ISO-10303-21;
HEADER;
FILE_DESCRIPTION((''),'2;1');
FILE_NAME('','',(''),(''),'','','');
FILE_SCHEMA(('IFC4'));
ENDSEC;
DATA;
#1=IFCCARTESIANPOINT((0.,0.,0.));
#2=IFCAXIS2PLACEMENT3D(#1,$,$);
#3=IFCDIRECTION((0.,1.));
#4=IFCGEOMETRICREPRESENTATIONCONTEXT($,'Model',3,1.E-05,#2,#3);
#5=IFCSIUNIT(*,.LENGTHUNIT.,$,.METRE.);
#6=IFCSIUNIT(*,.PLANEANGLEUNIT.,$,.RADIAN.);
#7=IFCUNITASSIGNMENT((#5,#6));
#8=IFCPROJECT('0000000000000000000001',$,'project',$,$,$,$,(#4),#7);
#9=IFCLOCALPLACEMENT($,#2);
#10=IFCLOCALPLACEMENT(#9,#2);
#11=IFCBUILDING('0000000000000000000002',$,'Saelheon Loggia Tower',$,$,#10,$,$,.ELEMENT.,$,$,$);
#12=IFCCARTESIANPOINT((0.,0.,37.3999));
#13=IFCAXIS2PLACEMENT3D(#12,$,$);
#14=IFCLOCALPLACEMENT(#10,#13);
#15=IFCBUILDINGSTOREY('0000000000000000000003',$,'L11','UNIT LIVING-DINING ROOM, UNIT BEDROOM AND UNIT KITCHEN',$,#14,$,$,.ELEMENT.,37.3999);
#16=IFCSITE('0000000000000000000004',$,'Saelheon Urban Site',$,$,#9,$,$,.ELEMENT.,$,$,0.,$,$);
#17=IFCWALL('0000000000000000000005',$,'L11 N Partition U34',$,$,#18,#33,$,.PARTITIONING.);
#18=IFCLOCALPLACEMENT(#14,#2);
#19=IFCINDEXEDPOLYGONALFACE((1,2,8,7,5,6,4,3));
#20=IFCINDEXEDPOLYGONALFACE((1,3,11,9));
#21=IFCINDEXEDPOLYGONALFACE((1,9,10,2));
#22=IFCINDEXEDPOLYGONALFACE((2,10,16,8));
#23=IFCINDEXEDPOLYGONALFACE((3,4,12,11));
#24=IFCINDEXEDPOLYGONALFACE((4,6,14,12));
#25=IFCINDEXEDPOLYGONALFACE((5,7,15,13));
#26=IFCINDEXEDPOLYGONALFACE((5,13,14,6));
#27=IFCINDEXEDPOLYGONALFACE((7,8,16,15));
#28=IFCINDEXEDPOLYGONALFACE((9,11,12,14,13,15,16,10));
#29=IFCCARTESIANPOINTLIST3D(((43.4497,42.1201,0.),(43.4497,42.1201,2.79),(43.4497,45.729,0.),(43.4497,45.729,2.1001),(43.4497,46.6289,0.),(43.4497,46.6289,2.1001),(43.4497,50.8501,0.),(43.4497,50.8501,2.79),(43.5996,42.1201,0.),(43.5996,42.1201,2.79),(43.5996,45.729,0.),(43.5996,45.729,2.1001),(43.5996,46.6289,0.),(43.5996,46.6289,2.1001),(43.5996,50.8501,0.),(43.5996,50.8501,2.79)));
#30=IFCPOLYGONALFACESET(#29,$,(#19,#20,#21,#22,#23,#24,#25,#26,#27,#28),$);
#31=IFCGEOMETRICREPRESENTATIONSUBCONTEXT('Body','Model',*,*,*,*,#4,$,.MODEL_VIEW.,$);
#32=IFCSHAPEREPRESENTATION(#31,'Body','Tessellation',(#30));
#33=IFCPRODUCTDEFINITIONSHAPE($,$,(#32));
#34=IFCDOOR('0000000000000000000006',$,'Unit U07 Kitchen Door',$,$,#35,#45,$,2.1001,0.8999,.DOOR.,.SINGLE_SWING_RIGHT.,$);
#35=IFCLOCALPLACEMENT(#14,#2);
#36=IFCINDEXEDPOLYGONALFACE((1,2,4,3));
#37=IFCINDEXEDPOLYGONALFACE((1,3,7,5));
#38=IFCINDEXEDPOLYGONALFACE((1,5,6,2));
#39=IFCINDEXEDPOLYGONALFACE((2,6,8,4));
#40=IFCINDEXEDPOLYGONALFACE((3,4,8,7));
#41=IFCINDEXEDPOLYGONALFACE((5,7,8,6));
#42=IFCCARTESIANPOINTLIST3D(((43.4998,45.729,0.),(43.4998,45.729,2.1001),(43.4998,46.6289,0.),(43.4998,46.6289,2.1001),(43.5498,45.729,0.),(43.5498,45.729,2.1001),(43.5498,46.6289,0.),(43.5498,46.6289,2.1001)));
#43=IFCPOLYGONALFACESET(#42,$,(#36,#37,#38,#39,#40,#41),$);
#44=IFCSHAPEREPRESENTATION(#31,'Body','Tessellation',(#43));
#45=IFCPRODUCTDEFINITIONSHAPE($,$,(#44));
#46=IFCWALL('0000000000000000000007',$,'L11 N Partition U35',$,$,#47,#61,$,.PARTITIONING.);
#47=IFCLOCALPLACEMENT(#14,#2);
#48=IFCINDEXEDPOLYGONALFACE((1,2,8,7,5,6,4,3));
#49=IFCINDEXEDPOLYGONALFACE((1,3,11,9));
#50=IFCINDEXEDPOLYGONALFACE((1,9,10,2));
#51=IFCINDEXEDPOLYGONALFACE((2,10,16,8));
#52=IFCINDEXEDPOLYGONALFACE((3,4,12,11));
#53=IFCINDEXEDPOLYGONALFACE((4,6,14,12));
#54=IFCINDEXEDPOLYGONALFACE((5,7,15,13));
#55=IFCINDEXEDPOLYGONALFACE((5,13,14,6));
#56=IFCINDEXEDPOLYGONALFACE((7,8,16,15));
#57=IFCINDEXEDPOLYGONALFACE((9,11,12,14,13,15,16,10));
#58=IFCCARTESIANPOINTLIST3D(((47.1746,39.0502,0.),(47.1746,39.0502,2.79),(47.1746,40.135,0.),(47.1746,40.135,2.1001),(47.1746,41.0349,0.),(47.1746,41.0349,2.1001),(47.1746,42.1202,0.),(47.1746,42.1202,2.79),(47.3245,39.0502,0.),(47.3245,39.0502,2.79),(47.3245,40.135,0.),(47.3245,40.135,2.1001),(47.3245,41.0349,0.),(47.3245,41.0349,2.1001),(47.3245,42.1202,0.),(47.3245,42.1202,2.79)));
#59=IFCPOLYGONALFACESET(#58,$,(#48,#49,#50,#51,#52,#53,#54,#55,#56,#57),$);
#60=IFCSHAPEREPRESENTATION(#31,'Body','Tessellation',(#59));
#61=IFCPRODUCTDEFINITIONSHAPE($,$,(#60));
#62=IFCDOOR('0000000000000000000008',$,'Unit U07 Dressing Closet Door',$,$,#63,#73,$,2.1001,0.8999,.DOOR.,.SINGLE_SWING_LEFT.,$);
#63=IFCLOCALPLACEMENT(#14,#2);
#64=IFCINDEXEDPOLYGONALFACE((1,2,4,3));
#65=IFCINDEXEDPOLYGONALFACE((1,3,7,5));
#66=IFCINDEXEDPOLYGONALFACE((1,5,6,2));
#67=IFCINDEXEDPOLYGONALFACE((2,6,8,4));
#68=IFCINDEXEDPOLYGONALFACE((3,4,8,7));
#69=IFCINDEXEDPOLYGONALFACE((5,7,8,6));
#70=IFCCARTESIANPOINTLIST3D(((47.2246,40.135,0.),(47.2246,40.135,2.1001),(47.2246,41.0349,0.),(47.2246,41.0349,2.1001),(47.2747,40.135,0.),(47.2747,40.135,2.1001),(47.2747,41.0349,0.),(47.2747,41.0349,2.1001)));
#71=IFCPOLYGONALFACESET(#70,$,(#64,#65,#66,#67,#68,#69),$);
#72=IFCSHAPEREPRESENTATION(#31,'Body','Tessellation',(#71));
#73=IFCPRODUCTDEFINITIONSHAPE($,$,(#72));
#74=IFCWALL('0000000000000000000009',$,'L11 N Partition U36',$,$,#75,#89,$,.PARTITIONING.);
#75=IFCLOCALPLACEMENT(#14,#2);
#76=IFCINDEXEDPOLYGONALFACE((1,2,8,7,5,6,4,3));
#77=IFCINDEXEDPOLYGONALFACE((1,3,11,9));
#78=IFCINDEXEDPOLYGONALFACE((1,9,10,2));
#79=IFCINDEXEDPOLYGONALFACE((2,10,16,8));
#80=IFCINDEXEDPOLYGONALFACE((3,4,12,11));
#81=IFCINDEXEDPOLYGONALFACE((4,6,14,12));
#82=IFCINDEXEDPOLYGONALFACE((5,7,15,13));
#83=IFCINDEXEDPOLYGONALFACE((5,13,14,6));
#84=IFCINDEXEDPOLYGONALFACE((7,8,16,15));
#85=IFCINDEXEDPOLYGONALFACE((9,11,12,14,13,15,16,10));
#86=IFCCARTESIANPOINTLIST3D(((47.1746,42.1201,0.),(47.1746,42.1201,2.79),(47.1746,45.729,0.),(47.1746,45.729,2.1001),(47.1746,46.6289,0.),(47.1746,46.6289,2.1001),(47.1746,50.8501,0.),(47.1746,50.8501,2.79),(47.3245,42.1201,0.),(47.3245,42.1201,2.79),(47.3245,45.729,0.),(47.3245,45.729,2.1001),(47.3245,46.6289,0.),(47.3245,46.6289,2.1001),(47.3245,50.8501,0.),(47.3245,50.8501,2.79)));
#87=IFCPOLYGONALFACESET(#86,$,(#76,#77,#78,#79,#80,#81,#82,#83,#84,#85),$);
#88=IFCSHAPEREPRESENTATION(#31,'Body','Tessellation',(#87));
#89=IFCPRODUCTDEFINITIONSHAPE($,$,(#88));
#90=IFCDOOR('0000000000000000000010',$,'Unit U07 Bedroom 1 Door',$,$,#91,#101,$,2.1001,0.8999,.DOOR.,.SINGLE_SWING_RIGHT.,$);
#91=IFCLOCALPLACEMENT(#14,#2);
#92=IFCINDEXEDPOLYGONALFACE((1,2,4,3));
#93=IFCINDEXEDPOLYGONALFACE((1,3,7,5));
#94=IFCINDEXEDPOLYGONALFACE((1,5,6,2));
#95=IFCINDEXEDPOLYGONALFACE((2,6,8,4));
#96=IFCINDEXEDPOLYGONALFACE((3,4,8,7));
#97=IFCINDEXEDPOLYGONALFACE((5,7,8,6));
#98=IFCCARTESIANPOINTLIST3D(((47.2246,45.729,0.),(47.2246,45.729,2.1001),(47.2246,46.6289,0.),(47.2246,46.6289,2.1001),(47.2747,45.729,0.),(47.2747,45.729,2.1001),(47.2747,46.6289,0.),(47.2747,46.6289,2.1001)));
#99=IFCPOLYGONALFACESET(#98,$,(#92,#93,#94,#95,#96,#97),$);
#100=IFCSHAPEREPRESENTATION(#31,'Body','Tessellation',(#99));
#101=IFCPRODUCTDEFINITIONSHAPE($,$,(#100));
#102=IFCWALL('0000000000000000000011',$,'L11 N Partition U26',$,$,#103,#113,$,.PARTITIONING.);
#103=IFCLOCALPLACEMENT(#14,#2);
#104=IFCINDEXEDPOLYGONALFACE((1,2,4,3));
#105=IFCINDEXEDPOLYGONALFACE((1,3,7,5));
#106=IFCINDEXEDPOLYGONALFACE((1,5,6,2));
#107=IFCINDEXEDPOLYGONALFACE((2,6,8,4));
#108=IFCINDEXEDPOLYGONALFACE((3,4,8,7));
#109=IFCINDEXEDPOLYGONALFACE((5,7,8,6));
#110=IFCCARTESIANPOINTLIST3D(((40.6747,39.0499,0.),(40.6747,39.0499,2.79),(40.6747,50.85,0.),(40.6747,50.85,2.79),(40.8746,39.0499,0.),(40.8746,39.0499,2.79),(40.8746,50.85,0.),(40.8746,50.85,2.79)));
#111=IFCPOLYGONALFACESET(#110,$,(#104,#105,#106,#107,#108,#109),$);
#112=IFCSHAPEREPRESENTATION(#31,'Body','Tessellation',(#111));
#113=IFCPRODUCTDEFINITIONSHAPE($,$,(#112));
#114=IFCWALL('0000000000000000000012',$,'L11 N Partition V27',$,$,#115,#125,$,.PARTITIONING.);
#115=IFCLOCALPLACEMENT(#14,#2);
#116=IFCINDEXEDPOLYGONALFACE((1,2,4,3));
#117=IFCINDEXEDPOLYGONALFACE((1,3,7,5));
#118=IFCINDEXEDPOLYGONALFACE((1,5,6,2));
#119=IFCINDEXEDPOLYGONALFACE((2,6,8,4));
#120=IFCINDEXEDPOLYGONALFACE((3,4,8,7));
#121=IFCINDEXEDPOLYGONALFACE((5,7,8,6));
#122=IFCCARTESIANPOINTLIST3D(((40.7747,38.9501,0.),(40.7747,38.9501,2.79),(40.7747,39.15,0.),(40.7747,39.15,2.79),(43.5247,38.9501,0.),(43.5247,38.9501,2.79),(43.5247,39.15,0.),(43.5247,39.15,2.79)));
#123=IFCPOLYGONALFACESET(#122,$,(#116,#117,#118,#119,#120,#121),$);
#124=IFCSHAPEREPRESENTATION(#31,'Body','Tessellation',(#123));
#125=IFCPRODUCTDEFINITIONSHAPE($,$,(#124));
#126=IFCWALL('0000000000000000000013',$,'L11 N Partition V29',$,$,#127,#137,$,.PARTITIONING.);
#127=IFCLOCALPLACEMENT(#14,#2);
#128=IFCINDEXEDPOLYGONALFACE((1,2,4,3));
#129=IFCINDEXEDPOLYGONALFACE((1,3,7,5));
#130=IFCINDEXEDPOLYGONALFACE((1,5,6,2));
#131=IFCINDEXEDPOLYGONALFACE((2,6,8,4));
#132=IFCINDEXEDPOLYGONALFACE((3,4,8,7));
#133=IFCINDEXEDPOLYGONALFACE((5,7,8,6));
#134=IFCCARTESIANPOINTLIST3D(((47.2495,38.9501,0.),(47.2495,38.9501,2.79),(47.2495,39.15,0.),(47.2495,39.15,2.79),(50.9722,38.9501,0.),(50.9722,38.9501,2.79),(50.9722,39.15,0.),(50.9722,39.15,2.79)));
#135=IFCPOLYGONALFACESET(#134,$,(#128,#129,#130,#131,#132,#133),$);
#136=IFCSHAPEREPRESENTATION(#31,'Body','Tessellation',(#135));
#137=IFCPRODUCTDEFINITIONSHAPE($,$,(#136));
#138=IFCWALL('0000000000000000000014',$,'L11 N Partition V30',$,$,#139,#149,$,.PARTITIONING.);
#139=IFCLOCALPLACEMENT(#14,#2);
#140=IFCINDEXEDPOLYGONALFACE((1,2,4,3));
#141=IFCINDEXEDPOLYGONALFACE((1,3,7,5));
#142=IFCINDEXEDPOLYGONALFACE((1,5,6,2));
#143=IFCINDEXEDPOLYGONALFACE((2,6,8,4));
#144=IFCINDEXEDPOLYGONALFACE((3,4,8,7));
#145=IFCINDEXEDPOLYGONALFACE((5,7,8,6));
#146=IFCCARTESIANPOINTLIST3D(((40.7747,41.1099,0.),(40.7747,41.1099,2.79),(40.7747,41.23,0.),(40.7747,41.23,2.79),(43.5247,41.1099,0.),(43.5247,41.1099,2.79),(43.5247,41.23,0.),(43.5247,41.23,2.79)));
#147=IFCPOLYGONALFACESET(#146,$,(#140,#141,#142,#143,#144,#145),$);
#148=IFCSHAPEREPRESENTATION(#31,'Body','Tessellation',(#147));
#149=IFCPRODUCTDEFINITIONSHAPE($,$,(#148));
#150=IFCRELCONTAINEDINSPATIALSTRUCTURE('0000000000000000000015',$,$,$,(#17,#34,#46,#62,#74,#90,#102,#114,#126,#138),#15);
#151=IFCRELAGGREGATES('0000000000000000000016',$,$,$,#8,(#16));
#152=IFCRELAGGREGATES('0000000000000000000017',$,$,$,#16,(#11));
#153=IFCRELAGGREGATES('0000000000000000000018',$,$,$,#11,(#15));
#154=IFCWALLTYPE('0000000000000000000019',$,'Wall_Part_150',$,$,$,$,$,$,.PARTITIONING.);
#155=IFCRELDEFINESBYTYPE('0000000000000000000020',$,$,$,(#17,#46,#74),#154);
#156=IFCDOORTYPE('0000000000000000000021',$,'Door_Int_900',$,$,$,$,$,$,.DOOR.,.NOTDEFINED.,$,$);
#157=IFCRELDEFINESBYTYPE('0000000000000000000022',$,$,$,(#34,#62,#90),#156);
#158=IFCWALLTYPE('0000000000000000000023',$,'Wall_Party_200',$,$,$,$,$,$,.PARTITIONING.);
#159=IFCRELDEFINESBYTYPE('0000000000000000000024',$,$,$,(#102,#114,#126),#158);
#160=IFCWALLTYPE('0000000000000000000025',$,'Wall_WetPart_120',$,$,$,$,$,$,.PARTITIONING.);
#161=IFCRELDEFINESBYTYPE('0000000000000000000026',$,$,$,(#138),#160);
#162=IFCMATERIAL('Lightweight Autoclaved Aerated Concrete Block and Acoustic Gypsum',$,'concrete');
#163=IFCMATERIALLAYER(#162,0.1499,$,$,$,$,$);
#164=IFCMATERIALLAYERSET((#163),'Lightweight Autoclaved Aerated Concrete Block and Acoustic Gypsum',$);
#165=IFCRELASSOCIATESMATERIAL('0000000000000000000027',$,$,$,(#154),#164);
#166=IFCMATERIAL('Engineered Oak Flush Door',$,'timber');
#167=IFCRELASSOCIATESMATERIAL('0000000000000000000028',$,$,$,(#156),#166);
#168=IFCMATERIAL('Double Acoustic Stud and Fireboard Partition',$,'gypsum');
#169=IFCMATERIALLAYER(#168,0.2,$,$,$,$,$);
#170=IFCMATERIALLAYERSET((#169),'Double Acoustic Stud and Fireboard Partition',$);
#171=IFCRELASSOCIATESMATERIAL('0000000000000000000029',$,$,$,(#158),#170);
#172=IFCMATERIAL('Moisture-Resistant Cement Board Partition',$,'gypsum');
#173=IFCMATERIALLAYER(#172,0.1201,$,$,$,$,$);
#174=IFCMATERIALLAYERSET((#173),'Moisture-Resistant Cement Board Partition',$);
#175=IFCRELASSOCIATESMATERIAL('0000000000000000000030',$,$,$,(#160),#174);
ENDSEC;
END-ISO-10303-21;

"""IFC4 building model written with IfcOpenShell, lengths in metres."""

from ifc_helpers import new_model, si_unit, direction, frame, frame_2d, origin, place, context, subcontext, project, spatial, rectangle, extrude, source, transform, mapped, material, layer, layer_set, type_object, element, fill, save


model = new_model("IFC4")

# Units and contexts
model_context = context("Model", 3, precision=1e-05, world=origin(), true_north=direction((0.0, 1.0)))
body_context = subcontext(model_context, "Body", "Model", "MODEL_VIEW")
ifc_project = project(units=[si_unit("LENGTHUNIT", "METRE"), si_unit("PLANEANGLEUNIT", "RADIAN")], contexts=[model_context])

# Site, building, storey
site_placement = place(None, origin())
site = spatial("IfcSite", under=ifc_project, at=site_placement, Name="Saelheon Urban Site", CompositionType="ELEMENT", RefElevation=0.0)
building_placement = place(site_placement, origin())
building = spatial("IfcBuilding", under=site, at=building_placement, Name="Saelheon Loggia Tower", CompositionType="ELEMENT")
storey_placement = place(building_placement, frame((0.0, 0.0, 37.3999)))
storey = spatial("IfcBuildingStorey", under=building, at=storey_placement, Name="L11", Description="UNIT LIVING-DINING ROOM, UNIT BEDROOM AND UNIT KITCHEN", CompositionType="ELEMENT", Elevation=37.3999)

# Shared definitions
ifc_material_1 = material(Name="Lightweight Autoclaved Aerated Concrete Block and Acoustic Gypsum", Category="concrete")
ifc_layer_1 = layer(ifc_material_1, 0.1499)
ifc_layer_set_1 = layer_set([ifc_layer_1], Name="Lightweight Autoclaved Aerated Concrete Block and Acoustic Gypsum")
wall_type_1 = type_object("IfcWallType", Name="Wall_Part_150", PredefinedType="PARTITIONING", material=ifc_layer_set_1)

# Shared definitions
ifc_material_2 = material(Name="Engineered Oak Flush Door", Category="timber")
door_type_1 = type_object("IfcDoorType", Name="Door_Int_900", OperationType="NOTDEFINED", PredefinedType="DOOR", material=ifc_material_2)
shared_shape_1 = source(origin(), body_context, "Body", "SweptSolid", [
    extrude(rectangle(XDim=0.8999, YDim=2.1001, at=frame_2d((0.45, 1.05))), frame((0.0, 0.0249, 0.0), z_axis=(0.0, -1.0, 0.0), x_axis=(1.0, 0.0, 0.0)), (0.0, 0.0, 1.0), 0.05),
])

# Walls, openings, doors
wall_1_placement = place(storey_placement, frame((43.5247, 42.1201, 0.0), z_axis=(0.0, 0.0, 1.0), x_axis=(0.0, 1.0, 0.0)))
wall_1 = element("IfcWall", 1, at=wall_1_placement, inside=storey, type_object=wall_type_1, Name="L11 N Partition U34", PredefinedType="PARTITIONING", context=body_context, shape_type="SweptSolid", body=[
    extrude(rectangle(XDim=8.73, YDim=0.1499, at=frame_2d((4.365, 0.0))), origin(), (0.0, 0.0, 1.0), 2.79),
])
opening_1_placement = place(wall_1_placement, frame((3.6089, 0.0, 0.0)))
opening_1 = element("IfcOpeningElement", 2, at=opening_1_placement, cuts=wall_1, PredefinedType="OPENING", context=body_context, shape_type="SweptSolid", body=[
    extrude(rectangle(XDim=0.8999, YDim=2.1001, at=frame_2d((0.45, 1.05))), frame((0.0, 0.0869, 0.0), z_axis=(0.0, -1.0, 0.0), x_axis=(1.0, 0.0, 0.0)), (0.0, 0.0, 1.0), 0.1738),
])
door_1_placement = place(opening_1_placement, origin())
door_1 = element("IfcDoor", 3, at=door_1_placement, inside=storey, type_object=door_type_1, Name="Unit U07 Kitchen Door", OperationType="SINGLE_SWING_RIGHT", OverallHeight=2.1001, OverallWidth=0.8999, PredefinedType="DOOR", context=body_context, shape_type="MappedRepresentation", body=[
    mapped(shared_shape_1, transform((0.0, 0.0, 0.0), scale=1.0)),
])
fill(opening_1, door_1)
wall_2_placement = place(storey_placement, frame((47.2495, 39.05, 0.0), z_axis=(0.0, 0.0, 1.0), x_axis=(0.0, 1.0, 0.0)))
wall_2 = element("IfcWall", 4, at=wall_2_placement, inside=storey, type_object=wall_type_1, Name="L11 N Partition U35", PredefinedType="PARTITIONING", context=body_context, shape_type="SweptSolid", body=[
    extrude(rectangle(XDim=3.0701, YDim=0.1499, at=frame_2d((1.5352, 0.0))), origin(), (0.0, 0.0, 1.0), 2.79),
])
opening_2_placement = place(wall_2_placement, frame((1.085, 0.0, 0.0)))
opening_2 = element("IfcOpeningElement", 5, at=opening_2_placement, cuts=wall_2, PredefinedType="OPENING", context=body_context, shape_type="SweptSolid", body=[
    extrude(rectangle(XDim=0.8999, YDim=2.1001, at=frame_2d((0.45, 1.05))), frame((0.0, 0.0869, 0.0), z_axis=(0.0, -1.0, 0.0), x_axis=(1.0, 0.0, 0.0)), (0.0, 0.0, 1.0), 0.1738),
])
door_2_placement = place(opening_2_placement, origin())
door_2 = element("IfcDoor", 6, at=door_2_placement, inside=storey, type_object=door_type_1, Name="Unit U07 Dressing Closet Door", OperationType="SINGLE_SWING_LEFT", OverallHeight=2.1001, OverallWidth=0.8999, PredefinedType="DOOR", context=body_context, shape_type="MappedRepresentation", body=[
    mapped(shared_shape_1, transform((0.0, 0.0, 0.0), scale=1.0)),
])
fill(opening_2, door_2)
wall_3_placement = place(storey_placement, frame((47.2495, 42.1201, 0.0), z_axis=(0.0, 0.0, 1.0), x_axis=(0.0, 1.0, 0.0)))
wall_3 = element("IfcWall", 7, at=wall_3_placement, inside=storey, type_object=wall_type_1, Name="L11 N Partition U36", PredefinedType="PARTITIONING", context=body_context, shape_type="SweptSolid", body=[
    extrude(rectangle(XDim=8.73, YDim=0.1499, at=frame_2d((4.365, 0.0))), origin(), (0.0, 0.0, 1.0), 2.79),
])
opening_3_placement = place(wall_3_placement, frame((3.6089, 0.0, 0.0)))
opening_3 = element("IfcOpeningElement", 8, at=opening_3_placement, cuts=wall_3, PredefinedType="OPENING", context=body_context, shape_type="SweptSolid", body=[
    extrude(rectangle(XDim=0.8999, YDim=2.1001, at=frame_2d((0.45, 1.05))), frame((0.0, 0.0869, 0.0), z_axis=(0.0, -1.0, 0.0), x_axis=(1.0, 0.0, 0.0)), (0.0, 0.0, 1.0), 0.1738),
])
door_3_placement = place(opening_3_placement, origin())
door_3 = element("IfcDoor", 9, at=door_3_placement, inside=storey, type_object=door_type_1, Name="Unit U07 Bedroom 1 Door", OperationType="SINGLE_SWING_RIGHT", OverallHeight=2.1001, OverallWidth=0.8999, PredefinedType="DOOR", context=body_context, shape_type="MappedRepresentation", body=[
    mapped(shared_shape_1, transform((0.0, 0.0, 0.0), scale=1.0)),
])
fill(opening_3, door_3)

# Walls
ifc_material_3 = material(Name="Double Acoustic Stud and Fireboard Partition", Category="gypsum")
ifc_layer_2 = layer(ifc_material_3, 0.2)
ifc_layer_set_2 = layer_set([ifc_layer_2], Name="Double Acoustic Stud and Fireboard Partition")
wall_type_2 = type_object("IfcWallType", Name="Wall_Party_200", PredefinedType="PARTITIONING", material=ifc_layer_set_2)
wall_4_placement = place(storey_placement, frame((40.7747, 39.05, 0.0), z_axis=(0.0, 0.0, 1.0), x_axis=(0.0, 1.0, 0.0)))
element("IfcWall", 10, at=wall_4_placement, inside=storey, type_object=wall_type_2, Name="L11 N Partition U26", PredefinedType="PARTITIONING", context=body_context, shape_type="SweptSolid", body=[
    extrude(rectangle(XDim=11.8, YDim=0.2, at=frame_2d((5.8999, 0.0))), origin(), (0.0, 0.0, 1.0), 2.79),
])
wall_5_placement = place(storey_placement, frame((40.7747, 39.05, 0.0), z_axis=(0.0, 0.0, 1.0), x_axis=(1.0, 0.0, 0.0)))
element("IfcWall", 11, at=wall_5_placement, inside=storey, type_object=wall_type_2, Name="L11 N Partition V27", PredefinedType="PARTITIONING", context=body_context, shape_type="SweptSolid", body=[
    extrude(rectangle(XDim=2.75, YDim=0.2, at=frame_2d((1.375, 0.0))), origin(), (0.0, 0.0, 1.0), 2.79),
])

# Walls
wall_6_placement = place(storey_placement, frame((47.2495, 39.05, 0.0), z_axis=(0.0, 0.0, 1.0), x_axis=(1.0, 0.0, 0.0)))
element("IfcWall", 12, at=wall_6_placement, inside=storey, type_object=wall_type_2, Name="L11 N Partition V29", PredefinedType="PARTITIONING", context=body_context, shape_type="SweptSolid", body=[
    extrude(rectangle(XDim=3.7227, YDim=0.2, at=frame_2d((1.8613, 0.0))), origin(), (0.0, 0.0, 1.0), 2.79),
])
ifc_material_4 = material(Name="Moisture-Resistant Cement Board Partition", Category="gypsum")
ifc_layer_3 = layer(ifc_material_4, 0.1201)
ifc_layer_set_3 = layer_set([ifc_layer_3], Name="Moisture-Resistant Cement Board Partition")
wall_type_3 = type_object("IfcWallType", Name="Wall_WetPart_120", PredefinedType="PARTITIONING", material=ifc_layer_set_3)
wall_7_placement = place(storey_placement, frame((40.7747, 41.1699, 0.0), z_axis=(0.0, 0.0, 1.0), x_axis=(1.0, 0.0, 0.0)))
element("IfcWall", 13, at=wall_7_placement, inside=storey, type_object=wall_type_3, Name="L11 N Partition V30", PredefinedType="PARTITIONING", context=body_context, shape_type="SweptSolid", body=[
    extrude(rectangle(XDim=2.75, YDim=0.1201, at=frame_2d((1.375, 0.0))), origin(), (0.0, 0.0, 1.0), 2.79),
])

save(model, "model.ifc")
